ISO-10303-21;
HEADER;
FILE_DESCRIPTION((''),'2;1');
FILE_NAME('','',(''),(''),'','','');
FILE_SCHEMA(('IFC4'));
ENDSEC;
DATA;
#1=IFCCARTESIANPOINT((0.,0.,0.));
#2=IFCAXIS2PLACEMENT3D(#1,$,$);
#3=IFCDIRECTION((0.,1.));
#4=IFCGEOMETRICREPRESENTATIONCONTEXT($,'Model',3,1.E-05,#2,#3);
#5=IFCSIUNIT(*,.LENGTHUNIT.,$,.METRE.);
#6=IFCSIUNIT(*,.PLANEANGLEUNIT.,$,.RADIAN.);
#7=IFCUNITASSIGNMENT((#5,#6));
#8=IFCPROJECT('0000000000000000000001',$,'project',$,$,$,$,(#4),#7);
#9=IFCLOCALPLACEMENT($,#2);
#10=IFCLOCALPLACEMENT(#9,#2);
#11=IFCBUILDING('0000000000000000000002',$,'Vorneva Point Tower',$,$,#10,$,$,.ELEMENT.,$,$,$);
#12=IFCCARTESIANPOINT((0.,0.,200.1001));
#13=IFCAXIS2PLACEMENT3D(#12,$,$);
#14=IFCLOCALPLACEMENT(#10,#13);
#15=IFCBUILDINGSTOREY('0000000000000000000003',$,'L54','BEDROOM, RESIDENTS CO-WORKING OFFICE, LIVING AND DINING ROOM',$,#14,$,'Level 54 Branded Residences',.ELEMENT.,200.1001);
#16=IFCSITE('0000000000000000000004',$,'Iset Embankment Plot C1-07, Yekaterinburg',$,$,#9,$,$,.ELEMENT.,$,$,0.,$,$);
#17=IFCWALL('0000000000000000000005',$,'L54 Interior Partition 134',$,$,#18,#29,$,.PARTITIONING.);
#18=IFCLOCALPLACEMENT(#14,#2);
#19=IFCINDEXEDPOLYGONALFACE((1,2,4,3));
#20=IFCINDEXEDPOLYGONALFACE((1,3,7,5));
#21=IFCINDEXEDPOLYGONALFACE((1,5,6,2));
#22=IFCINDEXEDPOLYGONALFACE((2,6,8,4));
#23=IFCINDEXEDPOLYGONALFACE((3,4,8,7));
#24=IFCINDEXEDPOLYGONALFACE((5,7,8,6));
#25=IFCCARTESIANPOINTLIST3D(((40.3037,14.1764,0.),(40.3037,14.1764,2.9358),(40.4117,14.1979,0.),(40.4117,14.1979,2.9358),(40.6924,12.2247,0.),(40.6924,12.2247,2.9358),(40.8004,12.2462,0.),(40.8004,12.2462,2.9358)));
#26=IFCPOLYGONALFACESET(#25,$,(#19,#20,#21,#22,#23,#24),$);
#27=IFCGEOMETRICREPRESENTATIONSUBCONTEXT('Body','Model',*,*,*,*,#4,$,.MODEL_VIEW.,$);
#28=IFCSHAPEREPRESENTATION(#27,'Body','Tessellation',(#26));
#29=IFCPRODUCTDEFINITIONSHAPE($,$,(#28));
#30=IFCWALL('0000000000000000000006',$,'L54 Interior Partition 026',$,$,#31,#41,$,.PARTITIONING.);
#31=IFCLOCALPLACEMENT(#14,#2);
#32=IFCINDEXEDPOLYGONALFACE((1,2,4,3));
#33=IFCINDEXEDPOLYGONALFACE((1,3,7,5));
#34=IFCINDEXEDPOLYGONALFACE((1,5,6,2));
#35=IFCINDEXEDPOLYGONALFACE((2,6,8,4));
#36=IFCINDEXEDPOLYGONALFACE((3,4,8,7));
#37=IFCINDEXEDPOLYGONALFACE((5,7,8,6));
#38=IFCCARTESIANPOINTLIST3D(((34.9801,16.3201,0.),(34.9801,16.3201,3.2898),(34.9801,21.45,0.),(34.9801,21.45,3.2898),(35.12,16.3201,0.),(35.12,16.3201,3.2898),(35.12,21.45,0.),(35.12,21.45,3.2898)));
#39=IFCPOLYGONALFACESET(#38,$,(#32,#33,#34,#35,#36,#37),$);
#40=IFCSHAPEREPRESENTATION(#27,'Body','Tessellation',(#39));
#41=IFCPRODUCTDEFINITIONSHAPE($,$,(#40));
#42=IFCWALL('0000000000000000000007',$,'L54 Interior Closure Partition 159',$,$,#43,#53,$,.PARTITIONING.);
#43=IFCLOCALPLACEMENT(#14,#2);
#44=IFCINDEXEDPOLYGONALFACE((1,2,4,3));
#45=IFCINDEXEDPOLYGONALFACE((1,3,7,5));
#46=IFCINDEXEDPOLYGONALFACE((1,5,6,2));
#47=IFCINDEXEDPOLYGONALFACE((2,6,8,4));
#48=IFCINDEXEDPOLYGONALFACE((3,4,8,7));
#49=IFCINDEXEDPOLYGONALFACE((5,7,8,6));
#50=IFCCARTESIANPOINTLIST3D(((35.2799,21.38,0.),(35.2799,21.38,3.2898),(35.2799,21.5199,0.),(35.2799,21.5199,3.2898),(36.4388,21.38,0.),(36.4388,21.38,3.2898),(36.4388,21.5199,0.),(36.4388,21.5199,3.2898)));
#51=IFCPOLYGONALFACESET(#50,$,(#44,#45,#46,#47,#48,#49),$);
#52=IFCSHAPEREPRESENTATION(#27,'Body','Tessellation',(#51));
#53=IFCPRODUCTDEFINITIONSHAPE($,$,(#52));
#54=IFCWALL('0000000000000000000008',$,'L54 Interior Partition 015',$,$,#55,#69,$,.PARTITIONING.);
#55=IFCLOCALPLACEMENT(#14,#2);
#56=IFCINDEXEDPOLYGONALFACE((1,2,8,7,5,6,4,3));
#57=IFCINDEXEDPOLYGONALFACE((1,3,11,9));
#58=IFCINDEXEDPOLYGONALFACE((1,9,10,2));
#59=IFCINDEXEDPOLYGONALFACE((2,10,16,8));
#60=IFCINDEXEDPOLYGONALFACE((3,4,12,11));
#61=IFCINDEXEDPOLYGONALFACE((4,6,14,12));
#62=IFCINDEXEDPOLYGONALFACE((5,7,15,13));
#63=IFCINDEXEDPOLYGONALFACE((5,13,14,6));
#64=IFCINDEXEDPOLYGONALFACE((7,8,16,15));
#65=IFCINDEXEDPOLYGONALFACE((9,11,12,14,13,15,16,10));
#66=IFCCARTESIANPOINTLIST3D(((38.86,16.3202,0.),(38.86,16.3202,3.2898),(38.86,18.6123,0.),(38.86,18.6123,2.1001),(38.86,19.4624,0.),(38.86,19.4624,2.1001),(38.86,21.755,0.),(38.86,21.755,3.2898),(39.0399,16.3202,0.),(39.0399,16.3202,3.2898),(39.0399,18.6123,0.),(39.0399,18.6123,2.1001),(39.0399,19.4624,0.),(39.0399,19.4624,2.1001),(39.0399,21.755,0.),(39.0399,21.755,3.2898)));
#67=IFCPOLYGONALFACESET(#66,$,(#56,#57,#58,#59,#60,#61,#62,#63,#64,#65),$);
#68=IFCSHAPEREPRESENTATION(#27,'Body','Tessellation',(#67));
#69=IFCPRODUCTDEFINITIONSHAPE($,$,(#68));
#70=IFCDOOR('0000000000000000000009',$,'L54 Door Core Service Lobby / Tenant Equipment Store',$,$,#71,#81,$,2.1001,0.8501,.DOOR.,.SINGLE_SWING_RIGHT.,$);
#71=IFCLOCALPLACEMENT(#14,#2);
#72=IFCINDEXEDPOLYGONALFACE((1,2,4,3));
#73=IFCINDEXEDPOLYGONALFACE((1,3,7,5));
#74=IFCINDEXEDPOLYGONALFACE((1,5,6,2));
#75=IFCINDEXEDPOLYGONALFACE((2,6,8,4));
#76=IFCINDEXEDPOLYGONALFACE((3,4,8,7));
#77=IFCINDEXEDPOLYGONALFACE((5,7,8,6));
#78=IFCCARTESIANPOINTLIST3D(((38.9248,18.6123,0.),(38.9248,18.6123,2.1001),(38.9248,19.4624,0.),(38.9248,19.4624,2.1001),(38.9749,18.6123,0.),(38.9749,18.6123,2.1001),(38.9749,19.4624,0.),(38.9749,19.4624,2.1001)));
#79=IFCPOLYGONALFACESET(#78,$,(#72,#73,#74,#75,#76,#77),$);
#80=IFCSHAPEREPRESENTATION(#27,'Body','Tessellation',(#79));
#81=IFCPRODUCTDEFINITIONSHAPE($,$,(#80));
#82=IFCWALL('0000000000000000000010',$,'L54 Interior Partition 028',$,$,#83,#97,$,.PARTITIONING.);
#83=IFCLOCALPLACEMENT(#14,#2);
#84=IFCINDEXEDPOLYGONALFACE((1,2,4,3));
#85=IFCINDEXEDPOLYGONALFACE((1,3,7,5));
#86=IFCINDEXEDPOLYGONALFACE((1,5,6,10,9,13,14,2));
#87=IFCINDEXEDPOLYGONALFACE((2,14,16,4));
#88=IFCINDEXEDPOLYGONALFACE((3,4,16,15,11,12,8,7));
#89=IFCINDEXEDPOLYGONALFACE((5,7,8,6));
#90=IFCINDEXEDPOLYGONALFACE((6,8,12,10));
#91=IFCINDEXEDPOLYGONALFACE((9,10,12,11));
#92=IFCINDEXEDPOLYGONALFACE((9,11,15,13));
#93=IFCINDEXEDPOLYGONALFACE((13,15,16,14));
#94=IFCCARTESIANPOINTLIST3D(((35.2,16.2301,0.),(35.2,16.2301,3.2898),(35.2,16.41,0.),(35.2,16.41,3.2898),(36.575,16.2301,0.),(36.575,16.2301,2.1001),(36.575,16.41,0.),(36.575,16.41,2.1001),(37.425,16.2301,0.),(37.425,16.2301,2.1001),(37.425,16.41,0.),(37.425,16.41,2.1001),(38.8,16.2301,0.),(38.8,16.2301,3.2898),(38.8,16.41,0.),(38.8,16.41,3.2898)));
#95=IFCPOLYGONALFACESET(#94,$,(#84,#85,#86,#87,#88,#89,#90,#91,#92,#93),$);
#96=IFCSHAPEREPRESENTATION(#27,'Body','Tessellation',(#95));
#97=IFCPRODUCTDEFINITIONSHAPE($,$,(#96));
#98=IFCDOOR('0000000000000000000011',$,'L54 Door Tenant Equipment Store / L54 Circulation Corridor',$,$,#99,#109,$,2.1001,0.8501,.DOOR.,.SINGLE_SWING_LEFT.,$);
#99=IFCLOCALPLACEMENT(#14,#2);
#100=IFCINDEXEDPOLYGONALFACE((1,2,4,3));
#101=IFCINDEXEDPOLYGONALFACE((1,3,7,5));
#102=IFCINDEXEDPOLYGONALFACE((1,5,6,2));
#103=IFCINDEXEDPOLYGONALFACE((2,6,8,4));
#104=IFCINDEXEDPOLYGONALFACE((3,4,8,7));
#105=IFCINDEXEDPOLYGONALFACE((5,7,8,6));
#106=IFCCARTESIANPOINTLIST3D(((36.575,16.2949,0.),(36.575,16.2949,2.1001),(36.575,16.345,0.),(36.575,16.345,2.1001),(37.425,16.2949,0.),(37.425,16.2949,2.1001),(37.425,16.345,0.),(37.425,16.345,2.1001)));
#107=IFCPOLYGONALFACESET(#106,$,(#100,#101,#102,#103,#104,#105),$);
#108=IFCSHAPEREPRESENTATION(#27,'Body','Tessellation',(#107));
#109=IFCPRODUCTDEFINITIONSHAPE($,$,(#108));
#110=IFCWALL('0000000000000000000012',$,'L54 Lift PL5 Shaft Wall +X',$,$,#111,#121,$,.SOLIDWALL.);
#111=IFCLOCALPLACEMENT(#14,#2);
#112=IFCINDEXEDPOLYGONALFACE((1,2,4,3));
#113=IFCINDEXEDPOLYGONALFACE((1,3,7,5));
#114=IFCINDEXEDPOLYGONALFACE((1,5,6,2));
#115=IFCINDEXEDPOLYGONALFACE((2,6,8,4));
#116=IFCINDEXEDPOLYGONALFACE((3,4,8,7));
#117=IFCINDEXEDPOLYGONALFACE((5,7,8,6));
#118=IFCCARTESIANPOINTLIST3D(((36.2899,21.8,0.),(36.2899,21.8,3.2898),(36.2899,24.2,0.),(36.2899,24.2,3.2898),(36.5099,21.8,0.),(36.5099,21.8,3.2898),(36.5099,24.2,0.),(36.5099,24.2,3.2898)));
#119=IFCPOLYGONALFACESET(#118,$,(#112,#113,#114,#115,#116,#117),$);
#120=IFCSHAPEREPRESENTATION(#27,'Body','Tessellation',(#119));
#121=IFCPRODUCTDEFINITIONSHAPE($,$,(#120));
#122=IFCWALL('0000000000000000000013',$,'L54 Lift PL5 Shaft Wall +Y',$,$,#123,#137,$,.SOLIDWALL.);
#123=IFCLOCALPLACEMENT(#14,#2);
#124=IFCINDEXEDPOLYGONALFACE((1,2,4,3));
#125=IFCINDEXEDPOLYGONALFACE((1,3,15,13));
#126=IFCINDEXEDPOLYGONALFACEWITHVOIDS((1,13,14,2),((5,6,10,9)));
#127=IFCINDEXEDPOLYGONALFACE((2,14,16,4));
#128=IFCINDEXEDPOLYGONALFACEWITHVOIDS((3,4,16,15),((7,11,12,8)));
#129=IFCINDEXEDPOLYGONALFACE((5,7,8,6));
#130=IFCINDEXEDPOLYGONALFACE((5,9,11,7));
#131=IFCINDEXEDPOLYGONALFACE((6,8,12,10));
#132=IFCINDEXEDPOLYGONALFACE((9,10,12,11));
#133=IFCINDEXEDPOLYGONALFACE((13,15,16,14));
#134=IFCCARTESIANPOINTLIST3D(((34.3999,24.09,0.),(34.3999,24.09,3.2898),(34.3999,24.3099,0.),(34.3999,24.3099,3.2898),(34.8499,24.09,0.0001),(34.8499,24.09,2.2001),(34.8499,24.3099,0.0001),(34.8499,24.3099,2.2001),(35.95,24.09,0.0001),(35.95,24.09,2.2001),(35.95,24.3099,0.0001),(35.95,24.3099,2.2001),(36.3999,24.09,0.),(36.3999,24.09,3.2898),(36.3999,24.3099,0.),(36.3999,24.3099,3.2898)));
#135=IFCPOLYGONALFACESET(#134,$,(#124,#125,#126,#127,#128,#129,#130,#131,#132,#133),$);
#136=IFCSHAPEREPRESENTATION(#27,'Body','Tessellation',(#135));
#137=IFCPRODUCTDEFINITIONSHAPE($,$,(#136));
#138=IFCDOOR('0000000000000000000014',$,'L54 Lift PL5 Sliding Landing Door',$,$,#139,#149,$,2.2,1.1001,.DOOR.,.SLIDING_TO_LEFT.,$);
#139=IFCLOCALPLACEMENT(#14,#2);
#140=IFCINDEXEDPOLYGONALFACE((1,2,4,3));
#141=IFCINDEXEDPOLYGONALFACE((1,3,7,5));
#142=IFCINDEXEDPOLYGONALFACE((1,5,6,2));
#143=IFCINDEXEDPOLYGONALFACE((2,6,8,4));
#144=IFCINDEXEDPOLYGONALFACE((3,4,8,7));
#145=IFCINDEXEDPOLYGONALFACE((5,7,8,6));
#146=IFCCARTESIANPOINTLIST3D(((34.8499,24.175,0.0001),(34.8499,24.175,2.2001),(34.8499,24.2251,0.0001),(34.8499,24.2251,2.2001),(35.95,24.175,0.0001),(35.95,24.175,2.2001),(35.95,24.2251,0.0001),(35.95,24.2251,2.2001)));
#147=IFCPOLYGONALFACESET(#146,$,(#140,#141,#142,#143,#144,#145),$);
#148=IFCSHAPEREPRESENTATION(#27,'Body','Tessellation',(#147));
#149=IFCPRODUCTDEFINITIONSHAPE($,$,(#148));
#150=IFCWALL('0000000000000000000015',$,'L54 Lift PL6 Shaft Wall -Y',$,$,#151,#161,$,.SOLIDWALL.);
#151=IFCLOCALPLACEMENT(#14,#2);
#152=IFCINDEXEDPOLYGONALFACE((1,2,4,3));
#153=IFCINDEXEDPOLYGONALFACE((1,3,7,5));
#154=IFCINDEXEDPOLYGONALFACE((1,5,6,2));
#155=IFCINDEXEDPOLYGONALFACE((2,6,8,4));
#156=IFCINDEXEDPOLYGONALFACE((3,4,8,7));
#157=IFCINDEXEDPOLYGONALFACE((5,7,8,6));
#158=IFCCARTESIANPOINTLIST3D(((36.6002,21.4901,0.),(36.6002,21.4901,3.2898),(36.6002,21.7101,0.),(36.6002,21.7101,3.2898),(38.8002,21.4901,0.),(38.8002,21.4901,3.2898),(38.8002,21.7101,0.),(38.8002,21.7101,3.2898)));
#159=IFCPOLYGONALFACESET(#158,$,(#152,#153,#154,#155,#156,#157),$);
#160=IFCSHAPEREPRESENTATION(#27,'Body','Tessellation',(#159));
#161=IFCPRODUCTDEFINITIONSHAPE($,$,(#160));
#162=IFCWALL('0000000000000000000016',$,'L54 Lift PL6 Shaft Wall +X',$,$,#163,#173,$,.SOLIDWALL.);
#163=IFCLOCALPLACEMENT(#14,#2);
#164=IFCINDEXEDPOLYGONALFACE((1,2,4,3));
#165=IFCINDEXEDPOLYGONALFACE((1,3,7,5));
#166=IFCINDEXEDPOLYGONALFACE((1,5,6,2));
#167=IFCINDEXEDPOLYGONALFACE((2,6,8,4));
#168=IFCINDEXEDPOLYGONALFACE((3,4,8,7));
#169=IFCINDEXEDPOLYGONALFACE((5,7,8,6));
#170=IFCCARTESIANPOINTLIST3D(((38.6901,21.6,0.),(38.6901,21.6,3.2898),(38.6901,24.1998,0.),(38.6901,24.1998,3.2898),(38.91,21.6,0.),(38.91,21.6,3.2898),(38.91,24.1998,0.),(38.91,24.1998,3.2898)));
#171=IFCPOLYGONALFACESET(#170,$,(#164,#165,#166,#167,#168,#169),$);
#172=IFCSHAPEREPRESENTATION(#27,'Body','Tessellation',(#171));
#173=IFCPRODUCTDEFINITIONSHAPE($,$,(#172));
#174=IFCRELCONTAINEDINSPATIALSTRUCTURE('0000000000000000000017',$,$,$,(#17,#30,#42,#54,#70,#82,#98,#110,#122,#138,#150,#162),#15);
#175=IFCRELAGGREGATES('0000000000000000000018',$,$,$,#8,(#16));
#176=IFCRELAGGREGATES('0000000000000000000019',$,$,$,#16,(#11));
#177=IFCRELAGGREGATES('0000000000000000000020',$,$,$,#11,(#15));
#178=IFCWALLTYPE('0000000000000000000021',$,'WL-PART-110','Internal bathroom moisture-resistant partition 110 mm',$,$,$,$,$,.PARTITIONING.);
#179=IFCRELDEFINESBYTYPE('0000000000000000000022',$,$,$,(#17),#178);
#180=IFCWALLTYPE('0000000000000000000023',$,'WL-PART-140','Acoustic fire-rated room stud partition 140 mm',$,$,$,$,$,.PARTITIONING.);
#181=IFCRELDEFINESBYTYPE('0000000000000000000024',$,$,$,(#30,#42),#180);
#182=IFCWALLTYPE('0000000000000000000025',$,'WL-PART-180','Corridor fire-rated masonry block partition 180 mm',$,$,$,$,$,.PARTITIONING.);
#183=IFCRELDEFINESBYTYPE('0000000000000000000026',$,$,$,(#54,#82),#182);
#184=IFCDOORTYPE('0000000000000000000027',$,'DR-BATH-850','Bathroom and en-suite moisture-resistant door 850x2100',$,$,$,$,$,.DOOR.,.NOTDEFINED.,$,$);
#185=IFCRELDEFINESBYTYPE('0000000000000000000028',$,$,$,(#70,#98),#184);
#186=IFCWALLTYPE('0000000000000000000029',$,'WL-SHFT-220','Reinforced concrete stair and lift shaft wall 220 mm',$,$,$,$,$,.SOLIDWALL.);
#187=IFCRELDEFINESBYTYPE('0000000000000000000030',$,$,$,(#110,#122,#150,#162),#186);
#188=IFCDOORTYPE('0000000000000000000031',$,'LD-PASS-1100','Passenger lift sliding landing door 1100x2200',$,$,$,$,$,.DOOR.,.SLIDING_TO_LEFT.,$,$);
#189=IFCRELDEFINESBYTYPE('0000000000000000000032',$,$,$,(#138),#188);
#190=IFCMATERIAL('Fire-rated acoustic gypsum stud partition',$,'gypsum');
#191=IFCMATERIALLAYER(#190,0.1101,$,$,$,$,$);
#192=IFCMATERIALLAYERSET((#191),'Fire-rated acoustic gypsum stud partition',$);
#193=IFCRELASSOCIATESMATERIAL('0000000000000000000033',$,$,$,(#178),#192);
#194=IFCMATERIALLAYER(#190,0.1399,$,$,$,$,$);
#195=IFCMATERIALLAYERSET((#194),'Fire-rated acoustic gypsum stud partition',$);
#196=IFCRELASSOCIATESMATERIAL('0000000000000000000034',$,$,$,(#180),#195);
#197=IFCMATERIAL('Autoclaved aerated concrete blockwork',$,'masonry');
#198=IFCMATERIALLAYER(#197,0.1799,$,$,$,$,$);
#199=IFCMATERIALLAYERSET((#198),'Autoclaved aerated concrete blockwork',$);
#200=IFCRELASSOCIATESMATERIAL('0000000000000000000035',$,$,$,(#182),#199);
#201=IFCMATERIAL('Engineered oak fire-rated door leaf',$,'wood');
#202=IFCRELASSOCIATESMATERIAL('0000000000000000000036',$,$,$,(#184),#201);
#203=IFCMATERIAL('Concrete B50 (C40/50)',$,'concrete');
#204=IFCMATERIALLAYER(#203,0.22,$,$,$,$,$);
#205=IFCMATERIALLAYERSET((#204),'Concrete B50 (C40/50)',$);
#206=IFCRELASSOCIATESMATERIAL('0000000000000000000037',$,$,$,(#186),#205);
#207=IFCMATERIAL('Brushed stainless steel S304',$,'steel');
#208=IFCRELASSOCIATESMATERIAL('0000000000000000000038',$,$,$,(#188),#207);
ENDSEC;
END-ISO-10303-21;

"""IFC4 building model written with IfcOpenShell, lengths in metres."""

from ifc_helpers import new_model, si_unit, direction, frame, frame_2d, origin, place, context, subcontext, project, spatial, rectangle, extrude, material, layer, layer_set, type_object, element, fill, save


model = new_model("IFC4")

# Units and contexts
model_context = context("Model", 3, precision=1e-05, world=origin(), true_north=direction((0.0, 1.0)))
body_context = subcontext(model_context, "Body", "Model", "MODEL_VIEW")
ifc_project = project(units=[si_unit("LENGTHUNIT", "METRE"), si_unit("PLANEANGLEUNIT", "RADIAN")], contexts=[model_context])

# Site, building, storey
site_placement = place(None, origin())
site = spatial("IfcSite", under=ifc_project, at=site_placement, Name="Iset Embankment Plot C1-07, Yekaterinburg", CompositionType="ELEMENT", RefElevation=0.0)
building_placement = place(site_placement, origin())
building = spatial("IfcBuilding", under=site, at=building_placement, Name="Vorneva Point Tower", CompositionType="ELEMENT")
storey_placement = place(building_placement, frame((0.0, 0.0, 200.1001)))
storey = spatial("IfcBuildingStorey", under=building, at=storey_placement, Name="L54", Description="BEDROOM, RESIDENTS CO-WORKING OFFICE, LIVING AND DINING ROOM", LongName="Level 54 Branded Residences", CompositionType="ELEMENT", Elevation=200.1001)

# Walls
ifc_material_1 = material(Name="Fire-rated acoustic gypsum stud partition", Category="gypsum")
ifc_layer_1 = layer(ifc_material_1, 0.1101)
ifc_layer_set_1 = layer_set([ifc_layer_1], Name="Fire-rated acoustic gypsum stud partition")
wall_type_1 = type_object("IfcWallType", Name="WL-PART-110", Description="Internal bathroom moisture-resistant partition 110 mm", PredefinedType="PARTITIONING", material=ifc_layer_set_1)
wall_1_placement = place(storey_placement, frame((40.3577, 14.1873, 0.0), z_axis=(0.0, 0.0, 1.0), x_axis=(0.195314, -0.980741, 0.0)))
element("IfcWall", 1, at=wall_1_placement, inside=storey, type_object=wall_type_1, Name="L54 Interior Partition 134", PredefinedType="PARTITIONING", context=body_context, shape_type="SweptSolid", body=[
    extrude(rectangle(XDim=1.99, YDim=0.1101, at=frame_2d((0.9951, 0.0))), origin(), (0.0, 0.0, 1.0), 2.9358),
])
ifc_layer_2 = layer(ifc_material_1, 0.1399)
ifc_layer_set_2 = layer_set([ifc_layer_2], Name="Fire-rated acoustic gypsum stud partition")
wall_type_2 = type_object("IfcWallType", Name="WL-PART-140", Description="Acoustic fire-rated room stud partition 140 mm", PredefinedType="PARTITIONING", material=ifc_layer_set_2)
wall_2_placement = place(storey_placement, frame((35.05, 16.3201, 0.0), z_axis=(0.0, 0.0, 1.0), x_axis=(0.0, 1.0, 0.0)))
element("IfcWall", 2, at=wall_2_placement, inside=storey, type_object=wall_type_2, Name="L54 Interior Partition 026", PredefinedType="PARTITIONING", context=body_context, shape_type="SweptSolid", body=[
    extrude(rectangle(XDim=5.1299, YDim=0.1399, at=frame_2d((2.5649, 0.0))), origin(), (0.0, 0.0, 1.0), 3.2898),
])
wall_3_placement = place(storey_placement, frame((36.439, 21.45, 0.0), z_axis=(0.0, 0.0, 1.0), x_axis=(-1.0, 0.0, 0.0)))
element("IfcWall", 3, at=wall_3_placement, inside=storey, type_object=wall_type_2, Name="L54 Interior Closure Partition 159", PredefinedType="PARTITIONING", context=body_context, shape_type="SweptSolid", body=[
    extrude(rectangle(XDim=1.1589, YDim=0.1399, at=frame_2d((0.5796, 0.0))), origin(), (0.0, 0.0, 1.0), 3.2898),
])

# Walls, openings, doors
ifc_material_2 = material(Name="Autoclaved aerated concrete blockwork", Category="masonry")
ifc_layer_3 = layer(ifc_material_2, 0.1799)
ifc_layer_set_3 = layer_set([ifc_layer_3], Name="Autoclaved aerated concrete blockwork")
wall_type_3 = type_object("IfcWallType", Name="WL-PART-180", Description="Corridor fire-rated masonry block partition 180 mm", PredefinedType="PARTITIONING", material=ifc_layer_set_3)
wall_4_placement = place(storey_placement, frame((38.95, 21.7549, 0.0), z_axis=(0.0, 0.0, 1.0), x_axis=(0.0, -1.0, 0.0)))
wall_4 = element("IfcWall", 4, at=wall_4_placement, inside=storey, type_object=wall_type_3, Name="L54 Interior Partition 015", PredefinedType="PARTITIONING", context=body_context, shape_type="SweptSolid", body=[
    extrude(rectangle(XDim=5.4348, YDim=0.1799, at=frame_2d((2.7173, 0.0))), origin(), (0.0, 0.0, 1.0), 3.2898),
])
opening_1_placement = place(wall_4_placement, frame((2.2925, 0.0, 0.0)))
opening_1 = element("IfcOpeningElement", 5, at=opening_1_placement, cuts=wall_4, PredefinedType="OPENING", context=body_context, shape_type="SweptSolid", body=[
    extrude(rectangle(XDim=0.8501, YDim=2.1001, at=frame_2d((0.425, 1.05))), frame((0.0, 0.105, 0.0), z_axis=(0.0, -1.0, 0.0), x_axis=(1.0, 0.0, 0.0)), (0.0, 0.0, 1.0), 0.2097),
])
ifc_material_3 = material(Name="Engineered oak fire-rated door leaf", Category="wood")
door_type_1 = type_object("IfcDoorType", Name="DR-BATH-850", Description="Bathroom and en-suite moisture-resistant door 850x2100", OperationType="NOTDEFINED", PredefinedType="DOOR", material=ifc_material_3)
door_1_placement = place(opening_1_placement, origin())
door_1 = element("IfcDoor", 6, at=door_1_placement, inside=storey, type_object=door_type_1, Name="L54 Door Core Service Lobby / Tenant Equipment Store", OperationType="SINGLE_SWING_RIGHT", OverallHeight=2.1001, OverallWidth=0.8501, PredefinedType="DOOR", context=body_context, shape_type="SweptSolid", body=[
    extrude(rectangle(XDim=0.8501, YDim=2.1001, at=frame_2d((0.425, 1.05))), frame((0.0, 0.0249, 0.0), z_axis=(0.0, -1.0, 0.0), x_axis=(1.0, 0.0, 0.0)), (0.0, 0.0, 1.0), 0.05),
])
fill(opening_1, door_1)
wall_5_placement = place(storey_placement, frame((35.2, 16.3201, 0.0), z_axis=(0.0, 0.0, 1.0), x_axis=(1.0, 0.0, 0.0)))
wall_5 = element("IfcWall", 7, at=wall_5_placement, inside=storey, type_object=wall_type_3, Name="L54 Interior Partition 028", PredefinedType="PARTITIONING", context=body_context, shape_type="SweptSolid", body=[
    extrude(rectangle(XDim=3.6001, YDim=0.1799, at=frame_2d((1.8, 0.0))), origin(), (0.0, 0.0, 1.0), 3.2898),
])
opening_2_placement = place(wall_5_placement, frame((1.375, 0.0, 0.0)))
opening_2 = element("IfcOpeningElement", 8, at=opening_2_placement, cuts=wall_5, PredefinedType="OPENING", context=body_context, shape_type="SweptSolid", body=[
    extrude(rectangle(XDim=0.8501, YDim=2.1001, at=frame_2d((0.425, 1.05))), frame((0.0, 0.105, 0.0), z_axis=(0.0, -1.0, 0.0), x_axis=(1.0, 0.0, 0.0)), (0.0, 0.0, 1.0), 0.2097),
])
door_2_placement = place(opening_2_placement, origin())
door_2 = element("IfcDoor", 9, at=door_2_placement, inside=storey, type_object=door_type_1, Name="L54 Door Tenant Equipment Store / L54 Circulation Corridor", OperationType="SINGLE_SWING_LEFT", OverallHeight=2.1001, OverallWidth=0.8501, PredefinedType="DOOR", context=body_context, shape_type="SweptSolid", body=[
    extrude(rectangle(XDim=0.8501, YDim=2.1001, at=frame_2d((0.425, 1.05))), frame((0.0, 0.0249, 0.0), z_axis=(0.0, -1.0, 0.0), x_axis=(1.0, 0.0, 0.0)), (0.0, 0.0, 1.0), 0.05),
])
fill(opening_2, door_2)

# Wall
ifc_material_4 = material(Name="Concrete B50 (C40/50)", Category="concrete")
ifc_layer_4 = layer(ifc_material_4, 0.22)
ifc_layer_set_4 = layer_set([ifc_layer_4], Name="Concrete B50 (C40/50)")
wall_type_4 = type_object("IfcWallType", Name="WL-SHFT-220", Description="Reinforced concrete stair and lift shaft wall 220 mm", PredefinedType="SOLIDWALL", material=ifc_layer_set_4)
wall_6_placement = place(storey_placement, frame((36.3999, 21.8, 0.0), z_axis=(0.0, 0.0, 1.0), x_axis=(0.0, 1.0, 0.0)))
element("IfcWall", 10, at=wall_6_placement, inside=storey, type_object=wall_type_4, Name="L54 Lift PL5 Shaft Wall +X", PredefinedType="SOLIDWALL", context=body_context, shape_type="SweptSolid", body=[
    extrude(rectangle(XDim=2.3999, YDim=0.22, at=frame_2d((1.2, 0.0))), origin(), (0.0, 0.0, 1.0), 3.2898),
])

# Wall, opening, door
wall_7_placement = place(storey_placement, frame((36.3999, 24.2, 0.0), z_axis=(0.0, 0.0, 1.0), x_axis=(-1.0, 0.0, 0.0)))
wall_7 = element("IfcWall", 11, at=wall_7_placement, inside=storey, type_object=wall_type_4, Name="L54 Lift PL5 Shaft Wall +Y", PredefinedType="SOLIDWALL", context=body_context, shape_type="SweptSolid", body=[
    extrude(rectangle(XDim=2.0, YDim=0.22, at=frame_2d((1.0, 0.0))), origin(), (0.0, 0.0, 1.0), 3.2898),
])
opening_3_placement = place(wall_7_placement, frame((0.45, 0.0, 0.0)))
opening_3 = element("IfcOpeningElement", 12, at=opening_3_placement, cuts=wall_7, PredefinedType="OPENING", context=body_context, shape_type="SweptSolid", body=[
    extrude(rectangle(XDim=1.1001, YDim=2.2, at=frame_2d((0.55, 1.1001))), frame((0.0, 0.125, 0.0), z_axis=(0.0, -1.0, 0.0), x_axis=(1.0, 0.0, 0.0)), (0.0, 0.0, 1.0), 0.2498),
])
ifc_material_5 = material(Name="Brushed stainless steel S304", Category="steel")
door_type_2 = type_object("IfcDoorType", Name="LD-PASS-1100", Description="Passenger lift sliding landing door 1100x2200", OperationType="SLIDING_TO_LEFT", PredefinedType="DOOR", material=ifc_material_5)
door_3_placement = place(opening_3_placement, origin())
door_3 = element("IfcDoor", 13, at=door_3_placement, inside=storey, type_object=door_type_2, Name="L54 Lift PL5 Sliding Landing Door", OperationType="SLIDING_TO_LEFT", OverallHeight=2.2, OverallWidth=1.1001, PredefinedType="DOOR", context=body_context, shape_type="SweptSolid", body=[
    extrude(rectangle(XDim=1.1001, YDim=2.2, at=frame_2d((0.55, 1.1001))), frame((0.0, 0.0249, 0.0), z_axis=(0.0, -1.0, 0.0), x_axis=(1.0, 0.0, 0.0)), (0.0, 0.0, 1.0), 0.05),
])
fill(opening_3, door_3)

# Walls
wall_8_placement = place(storey_placement, frame((36.6001, 21.6001, 0.0), z_axis=(0.0, 0.0, 1.0), x_axis=(1.0, 0.0, 0.0)))
element("IfcWall", 14, at=wall_8_placement, inside=storey, type_object=wall_type_4, Name="L54 Lift PL6 Shaft Wall -Y", PredefinedType="SOLIDWALL", context=body_context, shape_type="SweptSolid", body=[
    extrude(rectangle(XDim=2.2, YDim=0.22, at=frame_2d((1.1001, 0.0))), origin(), (0.0, 0.0, 1.0), 3.2898),
])
wall_9_placement = place(storey_placement, frame((38.8, 21.6001, 0.0), z_axis=(0.0, 0.0, 1.0), x_axis=(0.0, 1.0, 0.0)))
element("IfcWall", 15, at=wall_9_placement, inside=storey, type_object=wall_type_4, Name="L54 Lift PL6 Shaft Wall +X", PredefinedType="SOLIDWALL", context=body_context, shape_type="SweptSolid", body=[
    extrude(rectangle(XDim=2.5999, YDim=0.22, at=frame_2d((1.2998, 0.0))), origin(), (0.0, 0.0, 1.0), 3.2898),
])

save(model, "model.ifc")
